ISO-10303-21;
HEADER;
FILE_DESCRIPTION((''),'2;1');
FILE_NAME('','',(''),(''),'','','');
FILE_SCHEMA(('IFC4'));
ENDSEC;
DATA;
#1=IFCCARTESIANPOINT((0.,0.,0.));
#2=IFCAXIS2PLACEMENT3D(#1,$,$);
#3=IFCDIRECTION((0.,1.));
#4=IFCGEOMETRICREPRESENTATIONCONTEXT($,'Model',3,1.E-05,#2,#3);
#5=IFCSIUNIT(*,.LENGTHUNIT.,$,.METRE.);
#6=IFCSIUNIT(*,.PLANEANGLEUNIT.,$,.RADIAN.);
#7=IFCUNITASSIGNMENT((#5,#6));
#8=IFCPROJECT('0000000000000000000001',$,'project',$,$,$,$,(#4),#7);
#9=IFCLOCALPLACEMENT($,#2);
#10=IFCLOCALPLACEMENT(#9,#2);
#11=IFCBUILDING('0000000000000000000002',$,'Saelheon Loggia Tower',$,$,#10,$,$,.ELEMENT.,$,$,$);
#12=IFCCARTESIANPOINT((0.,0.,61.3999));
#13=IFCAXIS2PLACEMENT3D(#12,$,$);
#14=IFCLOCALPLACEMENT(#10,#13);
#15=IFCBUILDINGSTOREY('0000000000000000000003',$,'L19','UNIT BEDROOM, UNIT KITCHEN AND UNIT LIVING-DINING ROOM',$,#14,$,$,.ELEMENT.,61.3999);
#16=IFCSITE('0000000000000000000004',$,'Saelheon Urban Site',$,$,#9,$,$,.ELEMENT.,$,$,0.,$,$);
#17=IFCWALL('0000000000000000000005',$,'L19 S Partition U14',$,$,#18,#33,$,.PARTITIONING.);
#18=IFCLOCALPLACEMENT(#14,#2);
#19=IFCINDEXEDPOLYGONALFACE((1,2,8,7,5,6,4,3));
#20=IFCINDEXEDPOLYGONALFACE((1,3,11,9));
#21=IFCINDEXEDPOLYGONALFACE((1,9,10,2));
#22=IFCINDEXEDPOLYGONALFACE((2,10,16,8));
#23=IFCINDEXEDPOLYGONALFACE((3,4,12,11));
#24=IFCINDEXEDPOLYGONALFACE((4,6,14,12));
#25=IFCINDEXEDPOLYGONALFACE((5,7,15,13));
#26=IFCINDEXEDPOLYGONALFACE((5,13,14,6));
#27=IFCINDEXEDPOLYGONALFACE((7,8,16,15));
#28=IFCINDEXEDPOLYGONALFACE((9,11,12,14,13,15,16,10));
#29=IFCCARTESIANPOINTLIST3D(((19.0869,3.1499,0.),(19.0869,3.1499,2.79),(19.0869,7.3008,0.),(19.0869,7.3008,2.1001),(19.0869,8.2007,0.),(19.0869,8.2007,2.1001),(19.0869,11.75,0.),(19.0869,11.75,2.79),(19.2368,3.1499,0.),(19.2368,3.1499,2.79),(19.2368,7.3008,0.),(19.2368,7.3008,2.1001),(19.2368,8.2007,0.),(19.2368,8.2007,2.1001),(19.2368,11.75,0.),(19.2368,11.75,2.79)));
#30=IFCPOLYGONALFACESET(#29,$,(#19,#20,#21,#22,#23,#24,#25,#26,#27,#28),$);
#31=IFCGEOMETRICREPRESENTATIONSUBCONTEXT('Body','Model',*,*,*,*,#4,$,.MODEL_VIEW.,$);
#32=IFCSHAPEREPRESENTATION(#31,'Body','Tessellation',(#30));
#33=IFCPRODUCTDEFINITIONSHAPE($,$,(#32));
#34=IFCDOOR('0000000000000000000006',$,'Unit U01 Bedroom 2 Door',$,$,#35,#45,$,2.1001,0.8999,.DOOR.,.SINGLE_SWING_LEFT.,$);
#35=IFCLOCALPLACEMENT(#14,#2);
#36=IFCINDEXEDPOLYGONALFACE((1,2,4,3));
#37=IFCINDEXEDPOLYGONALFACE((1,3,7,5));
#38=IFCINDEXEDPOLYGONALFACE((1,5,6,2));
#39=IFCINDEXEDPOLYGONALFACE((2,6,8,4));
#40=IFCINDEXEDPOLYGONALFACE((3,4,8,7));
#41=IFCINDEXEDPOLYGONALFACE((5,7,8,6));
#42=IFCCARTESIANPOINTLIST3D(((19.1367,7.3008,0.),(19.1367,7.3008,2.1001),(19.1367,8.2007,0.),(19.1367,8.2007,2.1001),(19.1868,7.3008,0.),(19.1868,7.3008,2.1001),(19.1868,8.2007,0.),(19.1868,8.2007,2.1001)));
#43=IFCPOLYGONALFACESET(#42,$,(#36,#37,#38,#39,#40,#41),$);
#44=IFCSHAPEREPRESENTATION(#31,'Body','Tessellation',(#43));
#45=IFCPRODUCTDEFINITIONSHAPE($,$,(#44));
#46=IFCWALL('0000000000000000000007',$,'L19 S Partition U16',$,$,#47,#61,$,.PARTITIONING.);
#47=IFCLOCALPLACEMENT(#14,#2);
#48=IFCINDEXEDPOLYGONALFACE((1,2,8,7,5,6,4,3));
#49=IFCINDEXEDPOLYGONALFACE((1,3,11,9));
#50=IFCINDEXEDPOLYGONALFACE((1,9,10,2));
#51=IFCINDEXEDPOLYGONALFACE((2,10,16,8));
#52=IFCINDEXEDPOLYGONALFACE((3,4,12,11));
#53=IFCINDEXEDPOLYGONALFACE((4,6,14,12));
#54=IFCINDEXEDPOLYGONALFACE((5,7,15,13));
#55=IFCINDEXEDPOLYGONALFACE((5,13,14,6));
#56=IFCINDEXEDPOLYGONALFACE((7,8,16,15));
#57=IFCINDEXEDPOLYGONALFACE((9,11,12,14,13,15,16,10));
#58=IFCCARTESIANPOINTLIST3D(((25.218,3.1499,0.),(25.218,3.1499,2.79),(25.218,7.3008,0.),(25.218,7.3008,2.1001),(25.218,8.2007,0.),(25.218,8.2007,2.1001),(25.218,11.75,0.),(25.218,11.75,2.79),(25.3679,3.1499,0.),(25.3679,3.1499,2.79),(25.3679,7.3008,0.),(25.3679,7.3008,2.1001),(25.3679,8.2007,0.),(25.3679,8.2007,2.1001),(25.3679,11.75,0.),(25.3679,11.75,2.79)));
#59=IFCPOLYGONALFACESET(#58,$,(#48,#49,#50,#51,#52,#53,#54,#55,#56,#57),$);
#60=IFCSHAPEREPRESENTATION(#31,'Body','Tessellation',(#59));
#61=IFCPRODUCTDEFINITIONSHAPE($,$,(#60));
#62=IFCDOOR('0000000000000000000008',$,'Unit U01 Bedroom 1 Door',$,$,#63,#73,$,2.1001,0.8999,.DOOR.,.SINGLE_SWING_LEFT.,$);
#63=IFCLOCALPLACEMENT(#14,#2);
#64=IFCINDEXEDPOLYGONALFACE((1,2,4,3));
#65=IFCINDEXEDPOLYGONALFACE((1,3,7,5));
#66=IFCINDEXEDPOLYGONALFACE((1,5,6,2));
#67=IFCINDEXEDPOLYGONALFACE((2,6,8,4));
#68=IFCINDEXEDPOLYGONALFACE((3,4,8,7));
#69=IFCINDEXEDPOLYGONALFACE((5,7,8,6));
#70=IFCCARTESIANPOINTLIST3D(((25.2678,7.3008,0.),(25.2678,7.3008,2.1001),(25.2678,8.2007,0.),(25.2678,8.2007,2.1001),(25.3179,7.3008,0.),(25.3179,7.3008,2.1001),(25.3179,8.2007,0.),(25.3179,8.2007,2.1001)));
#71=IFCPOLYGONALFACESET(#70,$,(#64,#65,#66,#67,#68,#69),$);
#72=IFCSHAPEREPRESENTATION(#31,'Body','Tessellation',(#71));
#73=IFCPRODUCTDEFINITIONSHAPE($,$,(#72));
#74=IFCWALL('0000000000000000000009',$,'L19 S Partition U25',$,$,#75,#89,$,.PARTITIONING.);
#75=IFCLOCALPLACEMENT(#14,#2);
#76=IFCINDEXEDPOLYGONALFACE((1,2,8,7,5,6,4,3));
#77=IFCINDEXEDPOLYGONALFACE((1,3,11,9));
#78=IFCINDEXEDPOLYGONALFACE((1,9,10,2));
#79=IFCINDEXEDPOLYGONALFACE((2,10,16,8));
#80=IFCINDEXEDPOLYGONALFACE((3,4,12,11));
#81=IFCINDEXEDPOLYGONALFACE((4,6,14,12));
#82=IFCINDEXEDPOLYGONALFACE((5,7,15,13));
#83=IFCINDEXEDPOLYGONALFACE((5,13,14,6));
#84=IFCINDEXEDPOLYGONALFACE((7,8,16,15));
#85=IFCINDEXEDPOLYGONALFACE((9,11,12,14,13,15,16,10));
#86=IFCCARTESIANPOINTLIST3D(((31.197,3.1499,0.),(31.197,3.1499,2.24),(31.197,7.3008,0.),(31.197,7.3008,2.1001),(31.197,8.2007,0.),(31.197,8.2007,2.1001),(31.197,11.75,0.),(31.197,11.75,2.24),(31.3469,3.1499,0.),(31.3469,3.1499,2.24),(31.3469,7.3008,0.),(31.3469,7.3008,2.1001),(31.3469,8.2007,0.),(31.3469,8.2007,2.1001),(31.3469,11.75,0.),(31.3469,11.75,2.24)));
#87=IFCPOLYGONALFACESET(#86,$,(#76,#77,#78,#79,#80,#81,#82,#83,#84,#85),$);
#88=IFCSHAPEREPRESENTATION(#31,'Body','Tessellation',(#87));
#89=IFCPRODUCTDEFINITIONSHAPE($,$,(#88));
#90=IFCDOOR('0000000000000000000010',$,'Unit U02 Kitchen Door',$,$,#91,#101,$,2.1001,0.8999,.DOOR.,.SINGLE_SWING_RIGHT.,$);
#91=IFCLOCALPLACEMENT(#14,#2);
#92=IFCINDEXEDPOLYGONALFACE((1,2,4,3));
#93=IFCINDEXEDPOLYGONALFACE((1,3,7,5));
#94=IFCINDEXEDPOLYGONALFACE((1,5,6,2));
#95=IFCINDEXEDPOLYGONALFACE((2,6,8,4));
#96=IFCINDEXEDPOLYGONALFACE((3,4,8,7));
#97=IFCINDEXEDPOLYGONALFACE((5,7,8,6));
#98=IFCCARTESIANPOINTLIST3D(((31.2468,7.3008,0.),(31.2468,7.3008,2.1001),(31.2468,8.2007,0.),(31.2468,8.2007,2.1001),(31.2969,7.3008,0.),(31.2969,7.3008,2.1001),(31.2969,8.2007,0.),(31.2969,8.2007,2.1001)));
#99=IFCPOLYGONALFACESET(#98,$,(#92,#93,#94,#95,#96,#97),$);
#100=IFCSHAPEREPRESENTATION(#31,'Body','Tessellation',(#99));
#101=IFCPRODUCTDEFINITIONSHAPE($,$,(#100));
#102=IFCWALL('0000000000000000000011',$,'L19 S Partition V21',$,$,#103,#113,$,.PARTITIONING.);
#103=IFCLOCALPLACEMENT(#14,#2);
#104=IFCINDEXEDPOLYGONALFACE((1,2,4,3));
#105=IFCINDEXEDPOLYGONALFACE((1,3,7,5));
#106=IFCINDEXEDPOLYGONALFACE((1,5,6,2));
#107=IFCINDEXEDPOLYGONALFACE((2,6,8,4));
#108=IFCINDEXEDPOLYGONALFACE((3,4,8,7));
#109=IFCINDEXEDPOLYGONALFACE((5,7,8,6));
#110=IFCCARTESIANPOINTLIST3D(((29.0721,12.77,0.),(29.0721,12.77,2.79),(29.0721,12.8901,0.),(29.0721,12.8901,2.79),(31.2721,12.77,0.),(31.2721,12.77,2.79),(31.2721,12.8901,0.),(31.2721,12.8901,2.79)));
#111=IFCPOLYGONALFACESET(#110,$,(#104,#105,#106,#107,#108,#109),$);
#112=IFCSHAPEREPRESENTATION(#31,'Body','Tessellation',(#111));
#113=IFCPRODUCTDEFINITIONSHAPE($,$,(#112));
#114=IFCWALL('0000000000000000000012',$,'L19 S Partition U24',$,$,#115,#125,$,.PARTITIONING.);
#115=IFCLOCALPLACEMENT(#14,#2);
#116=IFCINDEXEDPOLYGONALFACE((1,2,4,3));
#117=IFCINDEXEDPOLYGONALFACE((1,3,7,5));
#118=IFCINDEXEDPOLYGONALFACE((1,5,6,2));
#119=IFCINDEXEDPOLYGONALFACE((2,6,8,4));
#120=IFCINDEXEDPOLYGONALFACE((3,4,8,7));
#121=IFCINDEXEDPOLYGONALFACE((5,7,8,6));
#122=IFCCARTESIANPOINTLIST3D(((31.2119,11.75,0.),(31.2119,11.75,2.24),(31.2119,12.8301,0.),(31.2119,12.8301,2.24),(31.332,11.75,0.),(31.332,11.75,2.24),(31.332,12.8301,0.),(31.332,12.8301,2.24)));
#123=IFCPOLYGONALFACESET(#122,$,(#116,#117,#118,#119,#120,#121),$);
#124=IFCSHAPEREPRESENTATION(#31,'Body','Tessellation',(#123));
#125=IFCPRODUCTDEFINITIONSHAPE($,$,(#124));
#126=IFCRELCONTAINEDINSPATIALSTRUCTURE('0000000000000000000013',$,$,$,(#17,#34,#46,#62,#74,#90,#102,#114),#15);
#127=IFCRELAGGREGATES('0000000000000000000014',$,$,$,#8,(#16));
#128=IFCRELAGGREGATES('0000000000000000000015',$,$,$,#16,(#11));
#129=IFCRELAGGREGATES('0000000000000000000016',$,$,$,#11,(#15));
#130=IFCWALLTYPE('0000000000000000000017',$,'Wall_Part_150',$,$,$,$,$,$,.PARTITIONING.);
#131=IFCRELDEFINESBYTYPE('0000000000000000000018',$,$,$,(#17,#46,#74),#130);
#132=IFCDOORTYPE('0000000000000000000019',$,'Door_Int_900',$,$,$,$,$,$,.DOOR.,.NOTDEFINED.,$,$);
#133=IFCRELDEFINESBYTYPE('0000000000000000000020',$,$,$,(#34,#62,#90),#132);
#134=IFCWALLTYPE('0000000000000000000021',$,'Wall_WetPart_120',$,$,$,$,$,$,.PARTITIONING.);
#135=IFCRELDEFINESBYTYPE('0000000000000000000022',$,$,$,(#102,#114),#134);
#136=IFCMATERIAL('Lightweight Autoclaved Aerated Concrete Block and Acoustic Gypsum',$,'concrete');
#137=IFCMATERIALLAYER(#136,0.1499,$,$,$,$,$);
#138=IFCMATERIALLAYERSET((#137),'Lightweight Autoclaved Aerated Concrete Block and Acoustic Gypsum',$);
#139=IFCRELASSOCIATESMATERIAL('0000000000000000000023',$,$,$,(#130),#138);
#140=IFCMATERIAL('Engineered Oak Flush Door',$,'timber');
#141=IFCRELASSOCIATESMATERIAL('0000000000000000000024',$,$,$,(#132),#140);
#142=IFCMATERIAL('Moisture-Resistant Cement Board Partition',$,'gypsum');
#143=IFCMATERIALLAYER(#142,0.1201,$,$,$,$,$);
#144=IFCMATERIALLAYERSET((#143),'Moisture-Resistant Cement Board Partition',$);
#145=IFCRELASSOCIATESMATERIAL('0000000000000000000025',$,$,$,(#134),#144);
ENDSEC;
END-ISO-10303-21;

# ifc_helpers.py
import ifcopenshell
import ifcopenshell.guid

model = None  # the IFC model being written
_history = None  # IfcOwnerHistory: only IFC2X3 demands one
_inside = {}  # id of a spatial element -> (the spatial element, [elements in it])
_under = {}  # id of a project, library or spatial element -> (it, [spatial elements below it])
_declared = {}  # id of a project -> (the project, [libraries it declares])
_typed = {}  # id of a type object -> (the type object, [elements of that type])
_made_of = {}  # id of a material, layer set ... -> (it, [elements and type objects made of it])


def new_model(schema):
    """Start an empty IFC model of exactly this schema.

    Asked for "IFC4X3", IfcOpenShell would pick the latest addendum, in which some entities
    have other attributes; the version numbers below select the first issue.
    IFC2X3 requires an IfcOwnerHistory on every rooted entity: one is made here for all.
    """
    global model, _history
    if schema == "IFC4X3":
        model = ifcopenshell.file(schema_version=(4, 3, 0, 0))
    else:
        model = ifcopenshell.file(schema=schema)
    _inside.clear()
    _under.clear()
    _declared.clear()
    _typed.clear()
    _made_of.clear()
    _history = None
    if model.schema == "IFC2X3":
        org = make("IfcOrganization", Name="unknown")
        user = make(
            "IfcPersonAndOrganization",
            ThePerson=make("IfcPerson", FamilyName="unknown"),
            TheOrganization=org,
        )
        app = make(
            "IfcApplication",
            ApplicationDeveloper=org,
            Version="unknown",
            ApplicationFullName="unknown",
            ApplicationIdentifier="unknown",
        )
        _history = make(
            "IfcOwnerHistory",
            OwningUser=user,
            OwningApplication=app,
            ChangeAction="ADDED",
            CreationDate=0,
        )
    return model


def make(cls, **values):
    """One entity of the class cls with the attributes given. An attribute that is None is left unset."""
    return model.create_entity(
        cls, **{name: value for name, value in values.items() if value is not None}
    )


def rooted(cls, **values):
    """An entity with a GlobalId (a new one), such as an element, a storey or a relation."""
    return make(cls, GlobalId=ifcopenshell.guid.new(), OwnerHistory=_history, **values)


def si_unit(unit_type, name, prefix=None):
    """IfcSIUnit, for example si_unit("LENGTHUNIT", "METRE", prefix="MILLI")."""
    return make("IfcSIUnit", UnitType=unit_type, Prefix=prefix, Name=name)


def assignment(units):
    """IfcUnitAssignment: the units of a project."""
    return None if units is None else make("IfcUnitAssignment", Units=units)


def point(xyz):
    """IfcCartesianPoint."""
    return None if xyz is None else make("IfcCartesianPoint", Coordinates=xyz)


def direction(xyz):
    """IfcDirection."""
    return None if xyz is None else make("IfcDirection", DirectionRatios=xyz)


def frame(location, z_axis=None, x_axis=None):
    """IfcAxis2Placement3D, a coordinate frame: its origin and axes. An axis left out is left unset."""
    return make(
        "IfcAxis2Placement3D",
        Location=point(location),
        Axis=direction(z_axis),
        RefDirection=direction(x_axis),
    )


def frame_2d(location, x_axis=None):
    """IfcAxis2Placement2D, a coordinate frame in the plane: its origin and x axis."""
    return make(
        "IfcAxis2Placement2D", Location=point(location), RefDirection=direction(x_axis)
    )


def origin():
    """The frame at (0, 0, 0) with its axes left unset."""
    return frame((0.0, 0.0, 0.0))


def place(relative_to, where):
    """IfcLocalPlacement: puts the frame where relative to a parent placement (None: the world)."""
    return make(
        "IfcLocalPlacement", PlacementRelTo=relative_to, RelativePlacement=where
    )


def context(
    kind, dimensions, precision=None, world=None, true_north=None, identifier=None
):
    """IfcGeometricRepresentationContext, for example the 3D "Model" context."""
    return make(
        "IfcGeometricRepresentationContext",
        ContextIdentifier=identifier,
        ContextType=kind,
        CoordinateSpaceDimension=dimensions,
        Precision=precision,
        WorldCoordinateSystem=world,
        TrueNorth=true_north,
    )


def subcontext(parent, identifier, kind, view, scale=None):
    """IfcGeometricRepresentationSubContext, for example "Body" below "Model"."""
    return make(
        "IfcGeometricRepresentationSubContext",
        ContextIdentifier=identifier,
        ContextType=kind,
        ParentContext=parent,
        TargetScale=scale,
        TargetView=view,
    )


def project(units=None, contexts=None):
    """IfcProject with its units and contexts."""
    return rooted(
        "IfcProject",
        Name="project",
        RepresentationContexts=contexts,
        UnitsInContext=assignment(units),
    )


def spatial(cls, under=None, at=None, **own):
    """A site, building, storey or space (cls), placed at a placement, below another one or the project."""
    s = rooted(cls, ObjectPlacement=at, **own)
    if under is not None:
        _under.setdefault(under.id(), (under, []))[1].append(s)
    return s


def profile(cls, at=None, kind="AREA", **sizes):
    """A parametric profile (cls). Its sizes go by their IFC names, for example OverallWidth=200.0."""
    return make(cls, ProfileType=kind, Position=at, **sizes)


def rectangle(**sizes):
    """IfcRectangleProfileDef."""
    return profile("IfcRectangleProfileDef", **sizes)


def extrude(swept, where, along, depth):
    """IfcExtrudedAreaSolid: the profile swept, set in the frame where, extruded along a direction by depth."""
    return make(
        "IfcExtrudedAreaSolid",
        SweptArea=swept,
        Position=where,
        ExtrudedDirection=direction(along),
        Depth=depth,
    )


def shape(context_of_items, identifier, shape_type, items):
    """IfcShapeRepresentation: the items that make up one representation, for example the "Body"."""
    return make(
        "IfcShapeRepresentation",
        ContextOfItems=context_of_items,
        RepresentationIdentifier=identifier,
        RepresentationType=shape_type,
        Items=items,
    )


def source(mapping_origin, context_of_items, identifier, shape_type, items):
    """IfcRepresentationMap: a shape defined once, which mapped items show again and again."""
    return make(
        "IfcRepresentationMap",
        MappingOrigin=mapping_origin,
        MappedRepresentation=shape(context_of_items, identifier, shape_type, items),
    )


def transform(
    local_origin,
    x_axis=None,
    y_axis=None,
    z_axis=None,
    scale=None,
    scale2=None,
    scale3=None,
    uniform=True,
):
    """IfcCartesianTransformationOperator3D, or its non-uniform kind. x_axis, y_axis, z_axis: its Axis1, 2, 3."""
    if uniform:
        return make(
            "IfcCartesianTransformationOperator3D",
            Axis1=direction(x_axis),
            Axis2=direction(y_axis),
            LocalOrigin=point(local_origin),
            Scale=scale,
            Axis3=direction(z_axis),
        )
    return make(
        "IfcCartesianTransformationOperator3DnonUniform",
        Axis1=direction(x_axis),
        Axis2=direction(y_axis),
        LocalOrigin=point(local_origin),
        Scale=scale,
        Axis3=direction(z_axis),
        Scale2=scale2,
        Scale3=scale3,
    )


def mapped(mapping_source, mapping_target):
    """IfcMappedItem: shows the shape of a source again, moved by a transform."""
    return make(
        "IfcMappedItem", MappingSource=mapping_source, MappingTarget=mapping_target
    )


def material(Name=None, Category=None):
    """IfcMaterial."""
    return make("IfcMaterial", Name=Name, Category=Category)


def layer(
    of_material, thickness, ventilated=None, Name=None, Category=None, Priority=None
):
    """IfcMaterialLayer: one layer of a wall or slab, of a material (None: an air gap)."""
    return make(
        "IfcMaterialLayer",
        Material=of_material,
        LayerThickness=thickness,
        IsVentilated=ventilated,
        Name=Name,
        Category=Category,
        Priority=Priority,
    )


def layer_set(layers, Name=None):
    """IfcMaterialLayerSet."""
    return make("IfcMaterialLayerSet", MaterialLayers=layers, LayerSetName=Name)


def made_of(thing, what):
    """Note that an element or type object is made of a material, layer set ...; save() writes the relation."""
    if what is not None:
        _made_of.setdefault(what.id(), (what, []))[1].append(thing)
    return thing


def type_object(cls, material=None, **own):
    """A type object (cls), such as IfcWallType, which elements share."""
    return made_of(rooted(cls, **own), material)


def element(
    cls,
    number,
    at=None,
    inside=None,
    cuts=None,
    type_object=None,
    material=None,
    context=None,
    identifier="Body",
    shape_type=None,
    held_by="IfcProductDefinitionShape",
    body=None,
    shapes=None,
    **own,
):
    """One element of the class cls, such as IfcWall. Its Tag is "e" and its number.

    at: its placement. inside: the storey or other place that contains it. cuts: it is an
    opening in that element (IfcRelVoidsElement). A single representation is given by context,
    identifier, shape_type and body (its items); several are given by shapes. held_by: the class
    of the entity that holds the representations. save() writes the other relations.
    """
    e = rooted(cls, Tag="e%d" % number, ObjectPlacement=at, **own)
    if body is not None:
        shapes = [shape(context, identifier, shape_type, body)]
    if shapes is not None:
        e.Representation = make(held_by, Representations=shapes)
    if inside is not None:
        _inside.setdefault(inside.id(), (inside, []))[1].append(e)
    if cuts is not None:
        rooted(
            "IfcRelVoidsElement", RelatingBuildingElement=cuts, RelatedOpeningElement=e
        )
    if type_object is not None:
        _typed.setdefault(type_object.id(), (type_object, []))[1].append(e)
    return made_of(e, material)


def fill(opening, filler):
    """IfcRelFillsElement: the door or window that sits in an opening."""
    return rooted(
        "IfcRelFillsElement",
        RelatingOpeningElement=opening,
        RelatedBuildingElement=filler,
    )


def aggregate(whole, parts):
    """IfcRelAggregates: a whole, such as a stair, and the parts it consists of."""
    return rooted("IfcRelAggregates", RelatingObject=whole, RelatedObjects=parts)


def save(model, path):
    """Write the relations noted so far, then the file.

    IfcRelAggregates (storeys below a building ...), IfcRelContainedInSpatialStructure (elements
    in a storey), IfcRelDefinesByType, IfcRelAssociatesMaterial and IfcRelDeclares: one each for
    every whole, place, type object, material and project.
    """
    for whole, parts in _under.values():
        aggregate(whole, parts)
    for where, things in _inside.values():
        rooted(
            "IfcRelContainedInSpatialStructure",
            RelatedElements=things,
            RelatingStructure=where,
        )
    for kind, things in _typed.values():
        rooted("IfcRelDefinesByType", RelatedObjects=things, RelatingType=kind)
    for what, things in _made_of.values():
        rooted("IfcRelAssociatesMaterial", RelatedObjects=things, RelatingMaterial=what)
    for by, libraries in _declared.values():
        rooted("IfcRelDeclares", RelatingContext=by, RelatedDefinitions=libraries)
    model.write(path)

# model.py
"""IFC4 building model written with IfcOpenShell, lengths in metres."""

from ifc_helpers import new_model, si_unit, direction, frame, frame_2d, origin, place, context, subcontext, project, spatial, rectangle, extrude, source, transform, mapped, material, layer, layer_set, type_object, element, fill, save


model = new_model("IFC4")

# Units and contexts
model_context = context("Model", 3, precision=1e-05, world=origin(), true_north=direction((0.0, 1.0)))
body_context = subcontext(model_context, "Body", "Model", "MODEL_VIEW")
ifc_project = project(units=[si_unit("LENGTHUNIT", "METRE"), si_unit("PLANEANGLEUNIT", "RADIAN")], contexts=[model_context])

# Site, building, storey
site_placement = place(None, origin())
site = spatial("IfcSite", under=ifc_project, at=site_placement, Name="Saelheon Urban Site", CompositionType="ELEMENT", RefElevation=0.0)
building_placement = place(site_placement, origin())
building = spatial("IfcBuilding", under=site, at=building_placement, Name="Saelheon Loggia Tower", CompositionType="ELEMENT")
storey_placement = place(building_placement, frame((0.0, 0.0, 61.3999)))
storey = spatial("IfcBuildingStorey", under=building, at=storey_placement, Name="L19", Description="UNIT BEDROOM, UNIT KITCHEN AND UNIT LIVING-DINING ROOM", CompositionType="ELEMENT", Elevation=61.3999)

# Shared definitions
ifc_material_1 = material(Name="Lightweight Autoclaved Aerated Concrete Block and Acoustic Gypsum", Category="concrete")
ifc_layer_1 = layer(ifc_material_1, 0.1499)
ifc_layer_set_1 = layer_set([ifc_layer_1], Name="Lightweight Autoclaved Aerated Concrete Block and Acoustic Gypsum")
wall_type_1 = type_object("IfcWallType", Name="Wall_Part_150", PredefinedType="PARTITIONING", material=ifc_layer_set_1)
ifc_material_2 = material(Name="Engineered Oak Flush Door", Category="timber")
door_type = type_object("IfcDoorType", Name="Door_Int_900", OperationType="NOTDEFINED", PredefinedType="DOOR", material=ifc_material_2)
shared_shape_1 = source(origin(), body_context, "Body", "SweptSolid", [
    extrude(rectangle(XDim=0.8999, YDim=2.1001, at=frame_2d((0.45, 1.05))), frame((0.0, 0.0249, 0.0), z_axis=(0.0, -1.0, 0.0), x_axis=(1.0, 0.0, 0.0)), (0.0, 0.0, 1.0), 0.05),
])

# Walls, openings, doors
wall_1_placement = place(storey_placement, frame((19.1619, 11.75, 0.0), z_axis=(0.0, 0.0, 1.0), x_axis=(0.0, -1.0, 0.0)))
wall_1 = element("IfcWall", 1, at=wall_1_placement, inside=storey, type_object=wall_type_1, Name="L19 S Partition U14", PredefinedType="PARTITIONING", context=body_context, shape_type="SweptSolid", body=[
    extrude(rectangle(XDim=8.6001, YDim=0.1499, at=frame_2d((4.3, 0.0))), origin(), (0.0, 0.0, 1.0), 2.79),
])
opening_1_placement = place(wall_1_placement, frame((3.5493, 0.0, 0.0)))
opening_1 = element("IfcOpeningElement", 2, at=opening_1_placement, cuts=wall_1, PredefinedType="OPENING", context=body_context, shape_type="SweptSolid", body=[
    extrude(rectangle(XDim=0.8999, YDim=2.1001, at=frame_2d((0.45, 1.05))), frame((0.0, 0.0869, 0.0), z_axis=(0.0, -1.0, 0.0), x_axis=(1.0, 0.0, 0.0)), (0.0, 0.0, 1.0), 0.1738),
])
door_1_placement = place(opening_1_placement, origin())
door_1 = element("IfcDoor", 3, at=door_1_placement, inside=storey, type_object=door_type, Name="Unit U01 Bedroom 2 Door", OperationType="SINGLE_SWING_LEFT", OverallHeight=2.1001, OverallWidth=0.8999, PredefinedType="DOOR", context=body_context, shape_type="MappedRepresentation", body=[
    mapped(shared_shape_1, transform((0.0, 0.0, 0.0), scale=1.0)),
])
fill(opening_1, door_1)
wall_2_placement = place(storey_placement, frame((25.293, 11.75, 0.0), z_axis=(0.0, 0.0, 1.0), x_axis=(0.0, -1.0, 0.0)))
wall_2 = element("IfcWall", 4, at=wall_2_placement, inside=storey, type_object=wall_type_1, Name="L19 S Partition U16", PredefinedType="PARTITIONING", context=body_context, shape_type="SweptSolid", body=[
    extrude(rectangle(XDim=8.6001, YDim=0.1499, at=frame_2d((4.3, 0.0))), origin(), (0.0, 0.0, 1.0), 2.79),
])
opening_2_placement = place(wall_2_placement, frame((3.5493, 0.0, 0.0)))
opening_2 = element("IfcOpeningElement", 5, at=opening_2_placement, cuts=wall_2, PredefinedType="OPENING", context=body_context, shape_type="SweptSolid", body=[
    extrude(rectangle(XDim=0.8999, YDim=2.1001, at=frame_2d((0.45, 1.05))), frame((0.0, 0.0869, 0.0), z_axis=(0.0, -1.0, 0.0), x_axis=(1.0, 0.0, 0.0)), (0.0, 0.0, 1.0), 0.1738),
])
door_2_placement = place(opening_2_placement, origin())
door_2 = element("IfcDoor", 6, at=door_2_placement, inside=storey, type_object=door_type, Name="Unit U01 Bedroom 1 Door", OperationType="SINGLE_SWING_LEFT", OverallHeight=2.1001, OverallWidth=0.8999, PredefinedType="DOOR", context=body_context, shape_type="MappedRepresentation", body=[
    mapped(shared_shape_1, transform((0.0, 0.0, 0.0), scale=1.0)),
])
fill(opening_2, door_2)
wall_3_placement = place(storey_placement, frame((31.272, 11.75, 0.0), z_axis=(0.0, 0.0, 1.0), x_axis=(0.0, -1.0, 0.0)))
wall_3 = element("IfcWall", 7, at=wall_3_placement, inside=storey, type_object=wall_type_1, Name="L19 S Partition U25", PredefinedType="PARTITIONING", context=body_context, shape_type="SweptSolid", body=[
    extrude(rectangle(XDim=8.6001, YDim=0.1499, at=frame_2d((4.3, 0.0))), origin(), (0.0, 0.0, 1.0), 2.24),
])
opening_3_placement = place(wall_3_placement, frame((3.5493, 0.0, 0.0)))
opening_3 = element("IfcOpeningElement", 8, at=opening_3_placement, cuts=wall_3, PredefinedType="OPENING", context=body_context, shape_type="SweptSolid", body=[
    extrude(rectangle(XDim=0.8999, YDim=2.1001, at=frame_2d((0.45, 1.05))), frame((0.0, 0.0869, 0.0), z_axis=(0.0, -1.0, 0.0), x_axis=(1.0, 0.0, 0.0)), (0.0, 0.0, 1.0), 0.1738),
])
door_3_placement = place(opening_3_placement, origin())
door_3 = element("IfcDoor", 9, at=door_3_placement, inside=storey, type_object=door_type, Name="Unit U02 Kitchen Door", OperationType="SINGLE_SWING_RIGHT", OverallHeight=2.1001, OverallWidth=0.8999, PredefinedType="DOOR", context=body_context, shape_type="MappedRepresentation", body=[
    mapped(shared_shape_1, transform((0.0, 0.0, 0.0), scale=1.0)),
])
fill(opening_3, door_3)

# Walls
ifc_material_3 = material(Name="Moisture-Resistant Cement Board Partition", Category="gypsum")
ifc_layer_2 = layer(ifc_material_3, 0.1201)
ifc_layer_set_2 = layer_set([ifc_layer_2], Name="Moisture-Resistant Cement Board Partition")
wall_type_2 = type_object("IfcWallType", Name="Wall_WetPart_120", PredefinedType="PARTITIONING", material=ifc_layer_set_2)
wall_4_placement = place(storey_placement, frame((29.072, 12.8301, 0.0), z_axis=(0.0, 0.0, 1.0), x_axis=(1.0, 0.0, 0.0)))
element("IfcWall", 10, at=wall_4_placement, inside=storey, type_object=wall_type_2, Name="L19 S Partition V21", PredefinedType="PARTITIONING", context=body_context, shape_type="SweptSolid", body=[
    extrude(rectangle(XDim=2.2, YDim=0.1201, at=frame_2d((1.1001, 0.0))), origin(), (0.0, 0.0, 1.0), 2.79),
])
wall_5_placement = place(storey_placement, frame((31.272, 12.8301, 0.0), z_axis=(0.0, 0.0, 1.0), x_axis=(0.0, -1.0, 0.0)))
element("IfcWall", 11, at=wall_5_placement, inside=storey, type_object=wall_type_2, Name="L19 S Partition U24", PredefinedType="PARTITIONING", context=body_context, shape_type="SweptSolid", body=[
    extrude(rectangle(XDim=1.0801, YDim=0.1201, at=frame_2d((0.54, 0.0))), origin(), (0.0, 0.0, 1.0), 2.24),
])

save(model, "model.ifc")
